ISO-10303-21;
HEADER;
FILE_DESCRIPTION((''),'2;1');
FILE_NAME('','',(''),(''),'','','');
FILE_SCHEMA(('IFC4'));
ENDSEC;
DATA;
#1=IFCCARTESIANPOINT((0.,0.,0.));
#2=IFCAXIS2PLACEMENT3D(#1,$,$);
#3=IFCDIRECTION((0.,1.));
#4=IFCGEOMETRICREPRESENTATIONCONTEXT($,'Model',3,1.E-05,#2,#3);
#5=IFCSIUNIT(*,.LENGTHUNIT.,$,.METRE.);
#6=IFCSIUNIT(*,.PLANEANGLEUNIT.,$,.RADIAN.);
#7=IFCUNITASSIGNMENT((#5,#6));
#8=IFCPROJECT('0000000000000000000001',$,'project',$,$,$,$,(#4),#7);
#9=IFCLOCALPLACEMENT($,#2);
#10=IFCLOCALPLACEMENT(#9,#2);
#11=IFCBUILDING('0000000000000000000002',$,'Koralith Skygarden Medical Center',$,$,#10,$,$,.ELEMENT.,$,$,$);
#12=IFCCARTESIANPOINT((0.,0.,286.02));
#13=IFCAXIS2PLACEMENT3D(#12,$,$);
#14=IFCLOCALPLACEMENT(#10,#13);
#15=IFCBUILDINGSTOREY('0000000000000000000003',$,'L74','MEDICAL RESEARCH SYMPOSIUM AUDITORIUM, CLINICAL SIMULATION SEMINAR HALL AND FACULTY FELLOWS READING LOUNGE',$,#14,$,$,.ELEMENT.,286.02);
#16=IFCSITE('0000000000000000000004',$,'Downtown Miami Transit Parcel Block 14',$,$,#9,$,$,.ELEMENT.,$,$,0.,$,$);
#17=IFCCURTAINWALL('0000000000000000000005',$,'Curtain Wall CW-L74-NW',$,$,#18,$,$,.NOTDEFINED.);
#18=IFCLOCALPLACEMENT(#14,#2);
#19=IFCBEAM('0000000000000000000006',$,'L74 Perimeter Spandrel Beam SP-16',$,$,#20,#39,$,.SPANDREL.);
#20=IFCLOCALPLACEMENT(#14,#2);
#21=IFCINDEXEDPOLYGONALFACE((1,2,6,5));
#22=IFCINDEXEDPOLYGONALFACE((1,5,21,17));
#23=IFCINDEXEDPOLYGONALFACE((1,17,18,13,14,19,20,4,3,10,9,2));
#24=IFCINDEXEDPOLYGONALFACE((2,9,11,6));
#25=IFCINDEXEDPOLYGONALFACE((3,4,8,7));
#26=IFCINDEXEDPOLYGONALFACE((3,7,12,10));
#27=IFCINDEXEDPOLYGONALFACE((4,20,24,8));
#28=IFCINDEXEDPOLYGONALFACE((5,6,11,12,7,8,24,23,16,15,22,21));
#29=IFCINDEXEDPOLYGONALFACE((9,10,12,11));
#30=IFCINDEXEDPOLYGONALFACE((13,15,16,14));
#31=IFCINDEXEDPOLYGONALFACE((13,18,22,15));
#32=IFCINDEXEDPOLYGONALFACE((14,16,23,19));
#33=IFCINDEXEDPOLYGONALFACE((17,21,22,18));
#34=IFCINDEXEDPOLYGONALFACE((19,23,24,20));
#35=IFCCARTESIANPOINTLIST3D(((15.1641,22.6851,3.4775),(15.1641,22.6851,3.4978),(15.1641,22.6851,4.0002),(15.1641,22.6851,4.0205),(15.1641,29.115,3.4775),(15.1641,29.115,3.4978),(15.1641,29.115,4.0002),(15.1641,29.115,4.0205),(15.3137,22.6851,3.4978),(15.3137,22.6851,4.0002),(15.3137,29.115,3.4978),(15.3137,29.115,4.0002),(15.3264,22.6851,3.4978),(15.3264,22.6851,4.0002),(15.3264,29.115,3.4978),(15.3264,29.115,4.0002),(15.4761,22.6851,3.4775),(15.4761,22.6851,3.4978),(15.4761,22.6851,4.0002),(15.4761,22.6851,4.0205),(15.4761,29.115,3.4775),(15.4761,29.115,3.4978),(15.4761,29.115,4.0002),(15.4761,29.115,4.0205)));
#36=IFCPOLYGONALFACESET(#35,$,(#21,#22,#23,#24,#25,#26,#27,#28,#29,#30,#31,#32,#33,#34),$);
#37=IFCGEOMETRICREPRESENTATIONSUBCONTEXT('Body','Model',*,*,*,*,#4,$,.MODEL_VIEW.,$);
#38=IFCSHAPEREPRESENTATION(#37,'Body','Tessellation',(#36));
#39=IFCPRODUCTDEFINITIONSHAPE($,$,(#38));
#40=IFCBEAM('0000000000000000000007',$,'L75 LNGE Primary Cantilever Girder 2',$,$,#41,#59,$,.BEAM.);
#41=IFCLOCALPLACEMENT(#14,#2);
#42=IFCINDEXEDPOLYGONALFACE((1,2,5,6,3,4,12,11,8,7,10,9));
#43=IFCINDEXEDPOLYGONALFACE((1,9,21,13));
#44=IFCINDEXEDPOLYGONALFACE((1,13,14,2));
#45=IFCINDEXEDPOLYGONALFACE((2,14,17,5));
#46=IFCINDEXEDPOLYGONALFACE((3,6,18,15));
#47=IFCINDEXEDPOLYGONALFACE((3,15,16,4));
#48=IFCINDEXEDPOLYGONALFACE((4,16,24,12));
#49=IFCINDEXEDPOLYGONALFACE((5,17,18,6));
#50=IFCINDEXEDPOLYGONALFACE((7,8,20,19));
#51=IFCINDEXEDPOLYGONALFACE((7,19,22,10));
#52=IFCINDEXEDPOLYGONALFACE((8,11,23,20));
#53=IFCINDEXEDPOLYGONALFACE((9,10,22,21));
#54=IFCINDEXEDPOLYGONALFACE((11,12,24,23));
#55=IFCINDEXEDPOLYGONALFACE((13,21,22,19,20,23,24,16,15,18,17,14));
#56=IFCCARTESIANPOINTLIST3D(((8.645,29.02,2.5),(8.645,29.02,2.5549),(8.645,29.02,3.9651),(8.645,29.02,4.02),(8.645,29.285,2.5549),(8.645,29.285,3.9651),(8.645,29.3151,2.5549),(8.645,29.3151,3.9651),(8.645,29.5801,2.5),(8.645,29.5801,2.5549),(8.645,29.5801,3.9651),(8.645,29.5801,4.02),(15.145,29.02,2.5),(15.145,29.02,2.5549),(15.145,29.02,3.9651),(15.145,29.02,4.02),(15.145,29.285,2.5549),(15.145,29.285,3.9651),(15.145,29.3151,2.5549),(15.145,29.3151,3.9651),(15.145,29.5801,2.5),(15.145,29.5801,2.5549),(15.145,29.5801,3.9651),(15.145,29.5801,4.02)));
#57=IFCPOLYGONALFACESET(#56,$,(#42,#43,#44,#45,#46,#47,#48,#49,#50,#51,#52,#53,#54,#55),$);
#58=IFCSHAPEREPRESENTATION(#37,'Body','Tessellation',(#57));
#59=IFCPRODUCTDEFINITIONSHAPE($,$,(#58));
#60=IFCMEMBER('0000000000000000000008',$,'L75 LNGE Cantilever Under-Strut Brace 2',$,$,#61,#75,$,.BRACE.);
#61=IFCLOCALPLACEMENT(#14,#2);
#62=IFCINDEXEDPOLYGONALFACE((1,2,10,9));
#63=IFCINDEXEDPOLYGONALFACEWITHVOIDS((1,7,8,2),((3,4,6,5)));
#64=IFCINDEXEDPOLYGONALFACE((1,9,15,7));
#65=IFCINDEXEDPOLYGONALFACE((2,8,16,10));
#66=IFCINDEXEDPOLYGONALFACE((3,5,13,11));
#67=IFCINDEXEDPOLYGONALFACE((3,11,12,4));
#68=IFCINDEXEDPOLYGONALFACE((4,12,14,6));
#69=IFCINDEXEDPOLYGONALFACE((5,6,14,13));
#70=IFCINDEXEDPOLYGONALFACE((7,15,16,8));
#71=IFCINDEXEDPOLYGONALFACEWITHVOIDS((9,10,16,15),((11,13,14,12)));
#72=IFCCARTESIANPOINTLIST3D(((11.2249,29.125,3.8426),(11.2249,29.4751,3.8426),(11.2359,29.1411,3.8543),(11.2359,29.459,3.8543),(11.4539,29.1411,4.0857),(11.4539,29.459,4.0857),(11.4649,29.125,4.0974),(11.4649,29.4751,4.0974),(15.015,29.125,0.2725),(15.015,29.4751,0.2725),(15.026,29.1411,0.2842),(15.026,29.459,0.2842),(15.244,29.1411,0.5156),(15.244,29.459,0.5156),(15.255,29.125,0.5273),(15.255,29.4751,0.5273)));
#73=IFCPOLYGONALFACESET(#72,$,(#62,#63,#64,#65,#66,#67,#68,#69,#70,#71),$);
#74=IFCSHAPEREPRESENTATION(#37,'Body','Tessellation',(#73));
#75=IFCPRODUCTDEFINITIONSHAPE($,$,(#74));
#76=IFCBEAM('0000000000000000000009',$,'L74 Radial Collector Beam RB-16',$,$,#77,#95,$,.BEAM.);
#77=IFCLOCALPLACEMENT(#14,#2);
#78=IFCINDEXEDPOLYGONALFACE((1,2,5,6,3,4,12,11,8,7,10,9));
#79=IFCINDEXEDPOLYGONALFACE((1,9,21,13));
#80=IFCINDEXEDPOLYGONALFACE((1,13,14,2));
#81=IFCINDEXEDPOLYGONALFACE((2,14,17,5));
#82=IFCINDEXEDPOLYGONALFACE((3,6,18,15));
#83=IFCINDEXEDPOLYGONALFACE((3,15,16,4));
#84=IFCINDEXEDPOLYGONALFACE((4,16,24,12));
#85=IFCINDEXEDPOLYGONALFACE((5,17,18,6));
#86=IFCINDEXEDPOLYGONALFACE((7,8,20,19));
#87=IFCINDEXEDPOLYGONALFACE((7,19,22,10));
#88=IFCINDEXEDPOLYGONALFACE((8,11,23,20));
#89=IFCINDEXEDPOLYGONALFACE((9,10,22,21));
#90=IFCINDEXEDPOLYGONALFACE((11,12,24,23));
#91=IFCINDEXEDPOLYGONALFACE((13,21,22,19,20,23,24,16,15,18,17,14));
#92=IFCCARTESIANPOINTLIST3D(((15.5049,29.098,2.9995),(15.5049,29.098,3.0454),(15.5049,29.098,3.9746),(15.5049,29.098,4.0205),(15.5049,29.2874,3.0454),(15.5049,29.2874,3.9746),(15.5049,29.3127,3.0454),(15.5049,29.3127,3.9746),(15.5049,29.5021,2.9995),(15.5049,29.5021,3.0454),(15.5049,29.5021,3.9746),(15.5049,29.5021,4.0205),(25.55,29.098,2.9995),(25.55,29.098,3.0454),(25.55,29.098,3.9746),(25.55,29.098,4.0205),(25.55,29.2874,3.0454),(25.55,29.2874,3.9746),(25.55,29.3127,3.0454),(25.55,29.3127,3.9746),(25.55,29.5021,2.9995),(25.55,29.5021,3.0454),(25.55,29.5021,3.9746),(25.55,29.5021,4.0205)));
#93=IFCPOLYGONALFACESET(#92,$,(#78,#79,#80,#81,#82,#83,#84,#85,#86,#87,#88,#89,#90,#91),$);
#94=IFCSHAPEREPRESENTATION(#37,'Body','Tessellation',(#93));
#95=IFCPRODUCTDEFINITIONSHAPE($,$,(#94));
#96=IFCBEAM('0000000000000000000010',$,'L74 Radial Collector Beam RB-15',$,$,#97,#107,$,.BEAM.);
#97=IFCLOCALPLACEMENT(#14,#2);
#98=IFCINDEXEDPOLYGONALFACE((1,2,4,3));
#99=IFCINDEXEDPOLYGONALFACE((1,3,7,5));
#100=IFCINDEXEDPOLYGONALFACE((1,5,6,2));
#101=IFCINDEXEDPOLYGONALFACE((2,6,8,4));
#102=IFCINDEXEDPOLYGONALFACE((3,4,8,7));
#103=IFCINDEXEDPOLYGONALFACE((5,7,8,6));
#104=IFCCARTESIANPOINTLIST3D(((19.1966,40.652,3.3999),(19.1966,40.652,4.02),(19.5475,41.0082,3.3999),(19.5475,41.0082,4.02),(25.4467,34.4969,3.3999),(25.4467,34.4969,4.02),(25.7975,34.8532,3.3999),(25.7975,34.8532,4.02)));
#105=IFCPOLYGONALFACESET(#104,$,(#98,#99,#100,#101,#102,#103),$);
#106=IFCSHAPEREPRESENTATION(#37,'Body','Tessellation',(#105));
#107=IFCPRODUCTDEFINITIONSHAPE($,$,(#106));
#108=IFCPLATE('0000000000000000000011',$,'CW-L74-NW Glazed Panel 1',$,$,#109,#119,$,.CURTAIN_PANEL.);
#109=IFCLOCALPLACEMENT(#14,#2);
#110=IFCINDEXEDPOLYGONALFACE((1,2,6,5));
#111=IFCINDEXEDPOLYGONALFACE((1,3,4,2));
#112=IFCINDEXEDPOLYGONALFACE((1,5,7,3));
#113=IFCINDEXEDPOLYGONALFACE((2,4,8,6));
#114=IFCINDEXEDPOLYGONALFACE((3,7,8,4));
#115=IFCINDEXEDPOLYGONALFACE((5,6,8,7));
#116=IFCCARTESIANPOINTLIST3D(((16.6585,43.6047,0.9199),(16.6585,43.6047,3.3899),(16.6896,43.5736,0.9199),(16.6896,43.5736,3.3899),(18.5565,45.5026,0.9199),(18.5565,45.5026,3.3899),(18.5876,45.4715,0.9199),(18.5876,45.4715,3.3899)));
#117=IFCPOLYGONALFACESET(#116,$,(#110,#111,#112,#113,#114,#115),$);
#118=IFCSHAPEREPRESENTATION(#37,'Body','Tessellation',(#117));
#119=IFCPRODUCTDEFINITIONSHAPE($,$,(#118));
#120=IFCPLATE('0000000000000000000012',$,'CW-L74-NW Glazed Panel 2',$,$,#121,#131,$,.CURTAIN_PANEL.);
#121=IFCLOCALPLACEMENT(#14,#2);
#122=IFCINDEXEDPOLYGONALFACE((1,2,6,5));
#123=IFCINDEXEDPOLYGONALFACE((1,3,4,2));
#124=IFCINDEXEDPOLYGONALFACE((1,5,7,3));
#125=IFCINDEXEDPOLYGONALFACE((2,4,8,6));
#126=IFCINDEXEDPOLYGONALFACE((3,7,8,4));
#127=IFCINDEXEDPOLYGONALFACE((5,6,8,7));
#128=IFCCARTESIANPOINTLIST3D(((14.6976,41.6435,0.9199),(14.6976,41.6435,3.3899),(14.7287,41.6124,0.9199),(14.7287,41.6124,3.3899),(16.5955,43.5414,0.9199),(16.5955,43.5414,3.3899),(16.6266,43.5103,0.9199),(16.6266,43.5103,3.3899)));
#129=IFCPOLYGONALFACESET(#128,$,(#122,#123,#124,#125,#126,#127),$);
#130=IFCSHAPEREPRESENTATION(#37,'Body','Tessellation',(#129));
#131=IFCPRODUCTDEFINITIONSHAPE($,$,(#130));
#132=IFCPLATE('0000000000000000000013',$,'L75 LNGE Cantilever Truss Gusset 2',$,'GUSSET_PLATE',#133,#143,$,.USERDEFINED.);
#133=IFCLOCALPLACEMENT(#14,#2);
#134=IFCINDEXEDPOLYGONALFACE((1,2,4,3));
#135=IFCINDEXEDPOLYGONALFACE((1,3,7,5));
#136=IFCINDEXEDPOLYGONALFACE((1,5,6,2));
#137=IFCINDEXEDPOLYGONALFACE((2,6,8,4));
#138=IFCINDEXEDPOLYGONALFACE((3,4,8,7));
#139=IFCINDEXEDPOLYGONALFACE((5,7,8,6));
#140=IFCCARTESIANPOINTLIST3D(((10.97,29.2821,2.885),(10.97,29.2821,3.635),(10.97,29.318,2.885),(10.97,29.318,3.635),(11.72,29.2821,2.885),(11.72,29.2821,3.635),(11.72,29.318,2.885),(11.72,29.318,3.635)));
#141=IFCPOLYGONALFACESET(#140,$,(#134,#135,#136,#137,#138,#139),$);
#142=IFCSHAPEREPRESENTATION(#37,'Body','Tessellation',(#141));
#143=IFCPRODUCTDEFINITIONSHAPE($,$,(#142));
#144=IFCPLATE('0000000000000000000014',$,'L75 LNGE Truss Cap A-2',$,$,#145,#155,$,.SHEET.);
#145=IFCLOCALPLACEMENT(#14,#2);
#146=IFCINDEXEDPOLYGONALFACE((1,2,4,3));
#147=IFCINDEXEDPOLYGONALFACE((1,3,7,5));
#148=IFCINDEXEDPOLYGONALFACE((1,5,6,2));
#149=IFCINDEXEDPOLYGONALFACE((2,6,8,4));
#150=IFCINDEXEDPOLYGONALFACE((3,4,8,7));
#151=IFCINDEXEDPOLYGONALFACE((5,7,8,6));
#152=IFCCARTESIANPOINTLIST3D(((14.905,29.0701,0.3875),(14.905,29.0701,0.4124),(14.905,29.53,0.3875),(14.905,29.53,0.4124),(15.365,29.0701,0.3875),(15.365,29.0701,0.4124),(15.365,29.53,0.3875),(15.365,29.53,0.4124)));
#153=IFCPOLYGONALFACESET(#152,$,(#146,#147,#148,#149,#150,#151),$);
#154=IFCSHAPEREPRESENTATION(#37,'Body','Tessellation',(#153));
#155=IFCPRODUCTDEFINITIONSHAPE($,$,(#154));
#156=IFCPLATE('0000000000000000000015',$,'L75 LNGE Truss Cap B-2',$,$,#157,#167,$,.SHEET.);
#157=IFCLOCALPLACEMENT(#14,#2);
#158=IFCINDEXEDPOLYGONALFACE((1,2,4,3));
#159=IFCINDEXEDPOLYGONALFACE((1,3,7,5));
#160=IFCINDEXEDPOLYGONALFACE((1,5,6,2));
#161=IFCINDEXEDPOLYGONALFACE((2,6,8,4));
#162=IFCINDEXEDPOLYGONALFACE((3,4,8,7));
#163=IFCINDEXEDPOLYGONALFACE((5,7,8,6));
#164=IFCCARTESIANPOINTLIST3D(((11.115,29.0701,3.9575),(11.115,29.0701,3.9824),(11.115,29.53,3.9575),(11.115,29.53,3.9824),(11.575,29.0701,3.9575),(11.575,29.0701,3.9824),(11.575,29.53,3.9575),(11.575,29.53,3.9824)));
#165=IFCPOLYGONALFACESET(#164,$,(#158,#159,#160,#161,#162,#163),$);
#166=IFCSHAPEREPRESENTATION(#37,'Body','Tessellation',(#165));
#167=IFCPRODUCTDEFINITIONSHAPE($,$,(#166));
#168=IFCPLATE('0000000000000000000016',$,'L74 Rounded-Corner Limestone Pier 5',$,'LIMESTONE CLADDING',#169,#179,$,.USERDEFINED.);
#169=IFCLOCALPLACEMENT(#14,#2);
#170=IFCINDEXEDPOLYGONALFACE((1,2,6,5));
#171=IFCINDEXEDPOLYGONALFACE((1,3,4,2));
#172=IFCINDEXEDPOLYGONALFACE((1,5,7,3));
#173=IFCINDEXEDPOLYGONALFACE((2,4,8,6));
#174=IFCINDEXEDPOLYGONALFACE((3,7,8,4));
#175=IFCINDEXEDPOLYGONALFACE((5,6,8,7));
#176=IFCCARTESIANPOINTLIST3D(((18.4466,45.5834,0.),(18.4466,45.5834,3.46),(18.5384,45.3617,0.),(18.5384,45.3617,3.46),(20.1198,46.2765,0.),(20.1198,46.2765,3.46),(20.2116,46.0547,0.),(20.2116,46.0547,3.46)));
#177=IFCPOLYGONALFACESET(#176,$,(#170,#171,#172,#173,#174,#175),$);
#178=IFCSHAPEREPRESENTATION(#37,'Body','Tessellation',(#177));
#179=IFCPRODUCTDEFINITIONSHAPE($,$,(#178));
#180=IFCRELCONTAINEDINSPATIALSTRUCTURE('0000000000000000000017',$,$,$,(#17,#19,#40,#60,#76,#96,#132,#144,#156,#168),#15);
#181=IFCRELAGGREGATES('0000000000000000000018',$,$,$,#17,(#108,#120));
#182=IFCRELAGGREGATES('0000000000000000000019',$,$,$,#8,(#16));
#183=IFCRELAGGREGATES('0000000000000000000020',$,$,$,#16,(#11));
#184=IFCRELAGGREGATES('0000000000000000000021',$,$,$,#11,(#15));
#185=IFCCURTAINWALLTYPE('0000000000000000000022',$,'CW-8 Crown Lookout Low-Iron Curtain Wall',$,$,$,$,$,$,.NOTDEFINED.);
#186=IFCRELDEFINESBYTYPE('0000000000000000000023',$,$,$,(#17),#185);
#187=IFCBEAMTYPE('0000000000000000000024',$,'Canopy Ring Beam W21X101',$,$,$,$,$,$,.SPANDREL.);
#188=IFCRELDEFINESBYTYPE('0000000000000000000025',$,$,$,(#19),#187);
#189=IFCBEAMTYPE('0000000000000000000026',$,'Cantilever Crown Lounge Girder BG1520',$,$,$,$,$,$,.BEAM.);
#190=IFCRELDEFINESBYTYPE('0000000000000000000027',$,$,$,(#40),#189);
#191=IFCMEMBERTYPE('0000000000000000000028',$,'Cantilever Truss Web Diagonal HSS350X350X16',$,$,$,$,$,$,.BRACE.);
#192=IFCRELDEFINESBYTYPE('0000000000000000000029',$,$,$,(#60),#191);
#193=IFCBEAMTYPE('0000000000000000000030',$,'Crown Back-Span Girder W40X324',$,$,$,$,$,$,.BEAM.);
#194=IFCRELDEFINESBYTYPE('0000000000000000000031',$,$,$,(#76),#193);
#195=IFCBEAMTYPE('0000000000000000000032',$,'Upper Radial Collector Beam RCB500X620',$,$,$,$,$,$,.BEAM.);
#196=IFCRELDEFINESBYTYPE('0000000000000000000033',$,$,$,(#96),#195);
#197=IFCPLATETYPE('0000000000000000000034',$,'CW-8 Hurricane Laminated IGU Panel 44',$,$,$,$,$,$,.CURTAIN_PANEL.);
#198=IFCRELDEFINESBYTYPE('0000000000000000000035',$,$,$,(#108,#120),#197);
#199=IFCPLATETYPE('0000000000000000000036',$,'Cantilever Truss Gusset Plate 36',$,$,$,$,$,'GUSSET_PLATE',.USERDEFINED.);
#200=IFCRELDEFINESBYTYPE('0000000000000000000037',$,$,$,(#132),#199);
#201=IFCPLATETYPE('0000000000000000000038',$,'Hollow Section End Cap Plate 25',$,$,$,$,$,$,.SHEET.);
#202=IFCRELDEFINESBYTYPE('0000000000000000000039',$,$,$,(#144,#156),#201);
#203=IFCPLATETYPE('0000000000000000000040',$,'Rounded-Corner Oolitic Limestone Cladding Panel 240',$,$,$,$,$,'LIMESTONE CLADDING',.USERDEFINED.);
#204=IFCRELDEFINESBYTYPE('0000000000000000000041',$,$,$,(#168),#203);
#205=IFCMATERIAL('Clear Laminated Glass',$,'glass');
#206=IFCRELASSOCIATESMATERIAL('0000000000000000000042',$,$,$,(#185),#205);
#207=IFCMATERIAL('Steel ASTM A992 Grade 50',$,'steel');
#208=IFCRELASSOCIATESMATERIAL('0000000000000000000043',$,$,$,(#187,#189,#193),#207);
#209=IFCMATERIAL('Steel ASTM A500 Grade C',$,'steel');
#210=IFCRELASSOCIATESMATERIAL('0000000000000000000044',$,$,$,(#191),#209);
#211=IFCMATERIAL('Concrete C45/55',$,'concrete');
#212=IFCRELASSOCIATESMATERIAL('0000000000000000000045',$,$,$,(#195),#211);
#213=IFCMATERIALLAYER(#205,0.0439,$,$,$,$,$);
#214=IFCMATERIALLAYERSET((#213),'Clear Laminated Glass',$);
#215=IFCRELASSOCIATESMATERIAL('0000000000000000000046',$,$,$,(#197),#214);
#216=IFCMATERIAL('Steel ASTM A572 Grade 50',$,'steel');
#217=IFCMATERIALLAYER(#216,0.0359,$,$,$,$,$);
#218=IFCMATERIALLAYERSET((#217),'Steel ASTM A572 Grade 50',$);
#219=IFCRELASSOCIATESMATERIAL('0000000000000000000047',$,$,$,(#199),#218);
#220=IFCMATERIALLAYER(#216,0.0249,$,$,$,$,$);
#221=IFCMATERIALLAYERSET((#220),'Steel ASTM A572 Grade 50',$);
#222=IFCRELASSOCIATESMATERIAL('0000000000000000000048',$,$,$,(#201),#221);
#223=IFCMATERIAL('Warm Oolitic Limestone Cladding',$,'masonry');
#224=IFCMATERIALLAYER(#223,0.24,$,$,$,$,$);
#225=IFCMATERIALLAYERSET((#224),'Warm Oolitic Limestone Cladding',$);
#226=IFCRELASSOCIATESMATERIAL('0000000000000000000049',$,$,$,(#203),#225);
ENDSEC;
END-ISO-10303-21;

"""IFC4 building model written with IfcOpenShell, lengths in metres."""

from ifc_helpers import new_model, si_unit, direction, frame, origin, origin_2d, place, context, subcontext, project, spatial, rectangle, hollow_rectangle, i_section, extrude, material, layer, layer_set, material_profile, profile_set, type_object, element, aggregate, save


model = new_model("IFC4")

# Units and contexts
model_context = context("Model", 3, precision=1e-05, world=origin(), true_north=direction((0.0, 1.0)))
body_context = subcontext(model_context, "Body", "Model", "MODEL_VIEW")
ifc_project = project(units=[si_unit("LENGTHUNIT", "METRE"), si_unit("PLANEANGLEUNIT", "RADIAN")], contexts=[model_context])

# Site, building, storey
site_placement = place(None, origin())
site = spatial("IfcSite", under=ifc_project, at=site_placement, Name="Downtown Miami Transit Parcel Block 14", CompositionType="ELEMENT", RefElevation=0.0)
building_placement = place(site_placement, origin())
building = spatial("IfcBuilding", under=site, at=building_placement, Name="Koralith Skygarden Medical Center", CompositionType="ELEMENT")
storey_placement = place(building_placement, frame((0.0, 0.0, 286.02)))
storey = spatial("IfcBuildingStorey", under=building, at=storey_placement, Name="L74", Description="MEDICAL RESEARCH SYMPOSIUM AUDITORIUM, CLINICAL SIMULATION SEMINAR HALL AND FACULTY FELLOWS READING LOUNGE", CompositionType="ELEMENT", Elevation=286.02)

# Shared definitions
ifc_material_1 = material(Name="Steel ASTM A992 Grade 50", Category="steel")

# Curtain wall
ifc_material_2 = material(Name="Clear Laminated Glass", Category="glass")
curtain_wall_type = type_object("IfcCurtainWallType", Name="CW-8 Crown Lookout Low-Iron Curtain Wall", PredefinedType="NOTDEFINED", material=ifc_material_2)
curtain_wall_placement = place(storey_placement, origin())
curtain_wall = element("IfcCurtainWall", 1, at=curtain_wall_placement, inside=storey, type_object=curtain_wall_type, Name="Curtain Wall CW-L74-NW", PredefinedType="NOTDEFINED")

# Beams
ifc_material_profile_1 = material_profile(ifc_material_1, i_section(OverallWidth=0.312, OverallDepth=0.543, WebThickness=0.0127, FlangeThickness=0.0203, at=origin_2d()), Name="W21X101")
ifc_profile_set_1 = profile_set([ifc_material_profile_1], Name="Steel ASTM A992 Grade 50")
beam_type_1 = type_object("IfcBeamType", Name="Canopy Ring Beam W21X101", PredefinedType="SPANDREL", material=ifc_profile_set_1)
beam_1_placement = place(storey_placement, frame((15.3201, 29.115, 3.749), z_axis=(0.0, -1.0, 0.0), x_axis=(1.0, 0.0, 0.0)))
element("IfcBeam", 2, at=beam_1_placement, inside=storey, type_object=beam_type_1, Name="L74 Perimeter Spandrel Beam SP-16", PredefinedType="SPANDREL", context=body_context, shape_type="SweptSolid", body=[
    extrude(i_section(OverallWidth=0.312, OverallDepth=0.543, WebThickness=0.0127, FlangeThickness=0.0203, at=origin_2d()), origin(), (0.0, 0.0, 1.0), 6.4299),
])
ifc_material_profile_2 = material_profile(ifc_material_1, i_section(OverallWidth=0.5601, OverallDepth=1.52, WebThickness=0.03, FlangeThickness=0.0549, at=origin_2d()), Name="BG1520X560X55X30")
ifc_profile_set_2 = profile_set([ifc_material_profile_2], Name="Steel ASTM A992 Grade 50")
beam_type_2 = type_object("IfcBeamType", Name="Cantilever Crown Lounge Girder BG1520", PredefinedType="BEAM", material=ifc_profile_set_2)
beam_2_placement = place(storey_placement, frame((15.145, 29.3, 3.26), z_axis=(-1.0, 0.0, 0.0), x_axis=(0.0, -1.0, 0.0)))
element("IfcBeam", 3, at=beam_2_placement, inside=storey, type_object=beam_type_2, Name="L75 LNGE Primary Cantilever Girder 2", PredefinedType="BEAM", context=body_context, shape_type="SweptSolid", body=[
    extrude(i_section(OverallWidth=0.5601, OverallDepth=1.52, WebThickness=0.03, FlangeThickness=0.0549, at=origin_2d()), origin(), (0.0, 0.0, 1.0), 6.5),
])

# Member
ifc_material_3 = material(Name="Steel ASTM A500 Grade C", Category="steel")
ifc_material_profile_3 = material_profile(ifc_material_3, hollow_rectangle(XDim=0.3501, YDim=0.3501, WallThickness=0.0161, at=origin_2d()), Name="HSS350X350X16")
ifc_profile_set_3 = profile_set([ifc_material_profile_3], Name="Steel ASTM A500 Grade C")
member_type_1 = type_object("IfcMemberType", Name="Cantilever Truss Web Diagonal HSS350X350X16", PredefinedType="BRACE", material=ifc_profile_set_3)
member_1_placement = place(storey_placement, frame((15.135, 29.3, 0.3999), z_axis=(-0.727915, 0.0, 0.685667), x_axis=(0.0, -1.0, 0.0)))
element("IfcMember", 4, at=member_1_placement, inside=storey, type_object=member_type_1, Name="L75 LNGE Cantilever Under-Strut Brace 2", PredefinedType="BRACE", context=body_context, shape_type="SweptSolid", body=[
    extrude(hollow_rectangle(XDim=0.3501, YDim=0.3501, WallThickness=0.0161, at=origin_2d()), origin(), (0.0, 0.0, 1.0), 5.2068),
])

# Beams
ifc_material_profile_4 = material_profile(ifc_material_1, i_section(OverallWidth=0.4041, OverallDepth=1.021, WebThickness=0.0254, FlangeThickness=0.0459, at=origin_2d()), Name="W40X324")
ifc_profile_set_4 = profile_set([ifc_material_profile_4], Name="Steel ASTM A992 Grade 50")
beam_type_3 = type_object("IfcBeamType", Name="Crown Back-Span Girder W40X324", PredefinedType="BEAM", material=ifc_profile_set_4)
beam_3_placement = place(storey_placement, frame((25.55, 29.3, 3.51), z_axis=(-1.0, 0.0, 0.0), x_axis=(0.0, -1.0, 0.0)))
element("IfcBeam", 5, at=beam_3_placement, inside=storey, type_object=beam_type_3, Name="L74 Radial Collector Beam RB-16", PredefinedType="BEAM", context=body_context, shape_type="SweptSolid", body=[
    extrude(i_section(OverallWidth=0.4041, OverallDepth=1.021, WebThickness=0.0254, FlangeThickness=0.0459, at=origin_2d()), origin(), (0.0, 0.0, 1.0), 10.0452),
])
ifc_material_4 = material(Name="Concrete C45/55", Category="concrete")
ifc_material_profile_5 = material_profile(ifc_material_4, rectangle(XDim=0.5, YDim=0.6201, at=origin_2d()), Name="RCB500X620")
ifc_profile_set_5 = profile_set([ifc_material_profile_5], Name="Concrete C45/55")
beam_type_4 = type_object("IfcBeamType", Name="Upper Radial Collector Beam RCB500X620", PredefinedType="BEAM", material=ifc_profile_set_5)
beam_4_placement = place(storey_placement, frame((25.6221, 34.675, 3.71), z_axis=(-0.712499, 0.701673, 0.0), x_axis=(-0.701673, -0.712499, 0.0)))
element("IfcBeam", 6, at=beam_4_placement, inside=storey, type_object=beam_type_4, Name="L74 Radial Collector Beam RB-15", PredefinedType="BEAM", context=body_context, shape_type="SweptSolid", body=[
    extrude(rectangle(XDim=0.5, YDim=0.6201, at=origin_2d()), origin(), (0.0, 0.0, 1.0), 8.772),
])

# Plates
ifc_layer_1 = layer(ifc_material_2, 0.0439)
ifc_layer_set_1 = layer_set([ifc_layer_1], Name="Clear Laminated Glass")
plate_type_1 = type_object("IfcPlateType", Name="CW-8 Hurricane Laminated IGU Panel 44", PredefinedType="CURTAIN_PANEL", material=ifc_layer_set_1)
plate_1_placement = place(storey_placement, frame((17.623, 44.5381, 0.9199), z_axis=(0.0, 0.0, 1.0), x_axis=(-0.707107, -0.707107, 0.0)))
plate_1 = element("IfcPlate", 7, at=plate_1_placement, type_object=plate_type_1, Name="CW-L74-NW Glazed Panel 1", PredefinedType="CURTAIN_PANEL", context=body_context, shape_type="SweptSolid", body=[
    extrude(rectangle(XDim=2.6841, YDim=0.0439, at=origin_2d()), origin(), (0.0, 0.0, 1.0), 2.47),
])
plate_2_placement = place(storey_placement, frame((15.6621, 42.5769, 0.9199), z_axis=(0.0, 0.0, 1.0), x_axis=(-0.707107, -0.707107, 0.0)))
plate_2 = element("IfcPlate", 8, at=plate_2_placement, type_object=plate_type_1, Name="CW-L74-NW Glazed Panel 2", PredefinedType="CURTAIN_PANEL", context=body_context, shape_type="SweptSolid", body=[
    extrude(rectangle(XDim=2.6841, YDim=0.0439, at=origin_2d()), origin(), (0.0, 0.0, 1.0), 2.47),
])
aggregate(curtain_wall, [plate_1, plate_2])

# Plates
ifc_material_5 = material(Name="Steel ASTM A572 Grade 50", Category="steel")
ifc_layer_2 = layer(ifc_material_5, 0.0359)
ifc_layer_set_2 = layer_set([ifc_layer_2], Name="Steel ASTM A572 Grade 50")
plate_type_2 = type_object("IfcPlateType", Name="Cantilever Truss Gusset Plate 36", ElementType="GUSSET_PLATE", PredefinedType="USERDEFINED", material=ifc_layer_set_2)
plate_3_placement = place(storey_placement, frame((11.345, 29.3, 2.885), z_axis=(0.0, 0.0, 1.0), x_axis=(1.0, 0.0, 0.0)))
element("IfcPlate", 9, at=plate_3_placement, inside=storey, type_object=plate_type_2, Name="L75 LNGE Cantilever Truss Gusset 2", ObjectType="GUSSET_PLATE", PredefinedType="USERDEFINED", context=body_context, shape_type="SweptSolid", body=[
    extrude(rectangle(XDim=0.75, YDim=0.0359, at=origin_2d()), origin(), (0.0, 0.0, 1.0), 0.75),
])
ifc_layer_3 = layer(ifc_material_5, 0.0249)
ifc_layer_set_3 = layer_set([ifc_layer_3], Name="Steel ASTM A572 Grade 50")
plate_type_3 = type_object("IfcPlateType", Name="Hollow Section End Cap Plate 25", PredefinedType="SHEET", material=ifc_layer_set_3)
for number, where, z_axis, x_axis, name in (
    (10, (15.135, 29.3, 0.3875), (0.0, 0.0, 1.0), (1.0, 0.0, 0.0), "L75 LNGE Truss Cap A-2"),
    (11, (11.345, 29.3, 3.9575), (0.0, 0.0, 1.0), (1.0, 0.0, 0.0), "L75 LNGE Truss Cap B-2"),
):
    element("IfcPlate", number, at=place(storey_placement, frame(where, z_axis=z_axis, x_axis=x_axis)), inside=storey, type_object=plate_type_3, Name=name, PredefinedType="SHEET", context=body_context, shape_type="SweptSolid", body=[
        extrude(rectangle(XDim=0.46, YDim=0.46, at=origin_2d()), origin(), (0.0, 0.0, 1.0), 0.0249),
    ])
ifc_material_6 = material(Name="Warm Oolitic Limestone Cladding", Category="masonry")
ifc_layer_4 = layer(ifc_material_6, 0.24)
ifc_layer_set_4 = layer_set([ifc_layer_4], Name="Warm Oolitic Limestone Cladding")
plate_type_4 = type_object("IfcPlateType", Name="Rounded-Corner Oolitic Limestone Cladding Panel 240", ElementType="LIMESTONE CLADDING", PredefinedType="USERDEFINED", material=ifc_layer_set_4)
for number, where, z_axis, x_axis, name in (
    (12, (19.3291, 45.8191, 0.0), (0.0, 0.0, 1.0), (-0.923885, -0.382671, 0.0), "L74 Rounded-Corner Limestone Pier 5"),
):
    element("IfcPlate", number, at=place(storey_placement, frame(where, z_axis=z_axis, x_axis=x_axis)), inside=storey, type_object=plate_type_4, Name=name, ObjectType="LIMESTONE CLADDING", PredefinedType="USERDEFINED", context=body_context, shape_type="SweptSolid", body=[
        extrude(rectangle(XDim=1.811, YDim=0.24, at=origin_2d()), origin(), (0.0, 0.0, 1.0), 3.46),
    ])

save(model, "model.ifc")
